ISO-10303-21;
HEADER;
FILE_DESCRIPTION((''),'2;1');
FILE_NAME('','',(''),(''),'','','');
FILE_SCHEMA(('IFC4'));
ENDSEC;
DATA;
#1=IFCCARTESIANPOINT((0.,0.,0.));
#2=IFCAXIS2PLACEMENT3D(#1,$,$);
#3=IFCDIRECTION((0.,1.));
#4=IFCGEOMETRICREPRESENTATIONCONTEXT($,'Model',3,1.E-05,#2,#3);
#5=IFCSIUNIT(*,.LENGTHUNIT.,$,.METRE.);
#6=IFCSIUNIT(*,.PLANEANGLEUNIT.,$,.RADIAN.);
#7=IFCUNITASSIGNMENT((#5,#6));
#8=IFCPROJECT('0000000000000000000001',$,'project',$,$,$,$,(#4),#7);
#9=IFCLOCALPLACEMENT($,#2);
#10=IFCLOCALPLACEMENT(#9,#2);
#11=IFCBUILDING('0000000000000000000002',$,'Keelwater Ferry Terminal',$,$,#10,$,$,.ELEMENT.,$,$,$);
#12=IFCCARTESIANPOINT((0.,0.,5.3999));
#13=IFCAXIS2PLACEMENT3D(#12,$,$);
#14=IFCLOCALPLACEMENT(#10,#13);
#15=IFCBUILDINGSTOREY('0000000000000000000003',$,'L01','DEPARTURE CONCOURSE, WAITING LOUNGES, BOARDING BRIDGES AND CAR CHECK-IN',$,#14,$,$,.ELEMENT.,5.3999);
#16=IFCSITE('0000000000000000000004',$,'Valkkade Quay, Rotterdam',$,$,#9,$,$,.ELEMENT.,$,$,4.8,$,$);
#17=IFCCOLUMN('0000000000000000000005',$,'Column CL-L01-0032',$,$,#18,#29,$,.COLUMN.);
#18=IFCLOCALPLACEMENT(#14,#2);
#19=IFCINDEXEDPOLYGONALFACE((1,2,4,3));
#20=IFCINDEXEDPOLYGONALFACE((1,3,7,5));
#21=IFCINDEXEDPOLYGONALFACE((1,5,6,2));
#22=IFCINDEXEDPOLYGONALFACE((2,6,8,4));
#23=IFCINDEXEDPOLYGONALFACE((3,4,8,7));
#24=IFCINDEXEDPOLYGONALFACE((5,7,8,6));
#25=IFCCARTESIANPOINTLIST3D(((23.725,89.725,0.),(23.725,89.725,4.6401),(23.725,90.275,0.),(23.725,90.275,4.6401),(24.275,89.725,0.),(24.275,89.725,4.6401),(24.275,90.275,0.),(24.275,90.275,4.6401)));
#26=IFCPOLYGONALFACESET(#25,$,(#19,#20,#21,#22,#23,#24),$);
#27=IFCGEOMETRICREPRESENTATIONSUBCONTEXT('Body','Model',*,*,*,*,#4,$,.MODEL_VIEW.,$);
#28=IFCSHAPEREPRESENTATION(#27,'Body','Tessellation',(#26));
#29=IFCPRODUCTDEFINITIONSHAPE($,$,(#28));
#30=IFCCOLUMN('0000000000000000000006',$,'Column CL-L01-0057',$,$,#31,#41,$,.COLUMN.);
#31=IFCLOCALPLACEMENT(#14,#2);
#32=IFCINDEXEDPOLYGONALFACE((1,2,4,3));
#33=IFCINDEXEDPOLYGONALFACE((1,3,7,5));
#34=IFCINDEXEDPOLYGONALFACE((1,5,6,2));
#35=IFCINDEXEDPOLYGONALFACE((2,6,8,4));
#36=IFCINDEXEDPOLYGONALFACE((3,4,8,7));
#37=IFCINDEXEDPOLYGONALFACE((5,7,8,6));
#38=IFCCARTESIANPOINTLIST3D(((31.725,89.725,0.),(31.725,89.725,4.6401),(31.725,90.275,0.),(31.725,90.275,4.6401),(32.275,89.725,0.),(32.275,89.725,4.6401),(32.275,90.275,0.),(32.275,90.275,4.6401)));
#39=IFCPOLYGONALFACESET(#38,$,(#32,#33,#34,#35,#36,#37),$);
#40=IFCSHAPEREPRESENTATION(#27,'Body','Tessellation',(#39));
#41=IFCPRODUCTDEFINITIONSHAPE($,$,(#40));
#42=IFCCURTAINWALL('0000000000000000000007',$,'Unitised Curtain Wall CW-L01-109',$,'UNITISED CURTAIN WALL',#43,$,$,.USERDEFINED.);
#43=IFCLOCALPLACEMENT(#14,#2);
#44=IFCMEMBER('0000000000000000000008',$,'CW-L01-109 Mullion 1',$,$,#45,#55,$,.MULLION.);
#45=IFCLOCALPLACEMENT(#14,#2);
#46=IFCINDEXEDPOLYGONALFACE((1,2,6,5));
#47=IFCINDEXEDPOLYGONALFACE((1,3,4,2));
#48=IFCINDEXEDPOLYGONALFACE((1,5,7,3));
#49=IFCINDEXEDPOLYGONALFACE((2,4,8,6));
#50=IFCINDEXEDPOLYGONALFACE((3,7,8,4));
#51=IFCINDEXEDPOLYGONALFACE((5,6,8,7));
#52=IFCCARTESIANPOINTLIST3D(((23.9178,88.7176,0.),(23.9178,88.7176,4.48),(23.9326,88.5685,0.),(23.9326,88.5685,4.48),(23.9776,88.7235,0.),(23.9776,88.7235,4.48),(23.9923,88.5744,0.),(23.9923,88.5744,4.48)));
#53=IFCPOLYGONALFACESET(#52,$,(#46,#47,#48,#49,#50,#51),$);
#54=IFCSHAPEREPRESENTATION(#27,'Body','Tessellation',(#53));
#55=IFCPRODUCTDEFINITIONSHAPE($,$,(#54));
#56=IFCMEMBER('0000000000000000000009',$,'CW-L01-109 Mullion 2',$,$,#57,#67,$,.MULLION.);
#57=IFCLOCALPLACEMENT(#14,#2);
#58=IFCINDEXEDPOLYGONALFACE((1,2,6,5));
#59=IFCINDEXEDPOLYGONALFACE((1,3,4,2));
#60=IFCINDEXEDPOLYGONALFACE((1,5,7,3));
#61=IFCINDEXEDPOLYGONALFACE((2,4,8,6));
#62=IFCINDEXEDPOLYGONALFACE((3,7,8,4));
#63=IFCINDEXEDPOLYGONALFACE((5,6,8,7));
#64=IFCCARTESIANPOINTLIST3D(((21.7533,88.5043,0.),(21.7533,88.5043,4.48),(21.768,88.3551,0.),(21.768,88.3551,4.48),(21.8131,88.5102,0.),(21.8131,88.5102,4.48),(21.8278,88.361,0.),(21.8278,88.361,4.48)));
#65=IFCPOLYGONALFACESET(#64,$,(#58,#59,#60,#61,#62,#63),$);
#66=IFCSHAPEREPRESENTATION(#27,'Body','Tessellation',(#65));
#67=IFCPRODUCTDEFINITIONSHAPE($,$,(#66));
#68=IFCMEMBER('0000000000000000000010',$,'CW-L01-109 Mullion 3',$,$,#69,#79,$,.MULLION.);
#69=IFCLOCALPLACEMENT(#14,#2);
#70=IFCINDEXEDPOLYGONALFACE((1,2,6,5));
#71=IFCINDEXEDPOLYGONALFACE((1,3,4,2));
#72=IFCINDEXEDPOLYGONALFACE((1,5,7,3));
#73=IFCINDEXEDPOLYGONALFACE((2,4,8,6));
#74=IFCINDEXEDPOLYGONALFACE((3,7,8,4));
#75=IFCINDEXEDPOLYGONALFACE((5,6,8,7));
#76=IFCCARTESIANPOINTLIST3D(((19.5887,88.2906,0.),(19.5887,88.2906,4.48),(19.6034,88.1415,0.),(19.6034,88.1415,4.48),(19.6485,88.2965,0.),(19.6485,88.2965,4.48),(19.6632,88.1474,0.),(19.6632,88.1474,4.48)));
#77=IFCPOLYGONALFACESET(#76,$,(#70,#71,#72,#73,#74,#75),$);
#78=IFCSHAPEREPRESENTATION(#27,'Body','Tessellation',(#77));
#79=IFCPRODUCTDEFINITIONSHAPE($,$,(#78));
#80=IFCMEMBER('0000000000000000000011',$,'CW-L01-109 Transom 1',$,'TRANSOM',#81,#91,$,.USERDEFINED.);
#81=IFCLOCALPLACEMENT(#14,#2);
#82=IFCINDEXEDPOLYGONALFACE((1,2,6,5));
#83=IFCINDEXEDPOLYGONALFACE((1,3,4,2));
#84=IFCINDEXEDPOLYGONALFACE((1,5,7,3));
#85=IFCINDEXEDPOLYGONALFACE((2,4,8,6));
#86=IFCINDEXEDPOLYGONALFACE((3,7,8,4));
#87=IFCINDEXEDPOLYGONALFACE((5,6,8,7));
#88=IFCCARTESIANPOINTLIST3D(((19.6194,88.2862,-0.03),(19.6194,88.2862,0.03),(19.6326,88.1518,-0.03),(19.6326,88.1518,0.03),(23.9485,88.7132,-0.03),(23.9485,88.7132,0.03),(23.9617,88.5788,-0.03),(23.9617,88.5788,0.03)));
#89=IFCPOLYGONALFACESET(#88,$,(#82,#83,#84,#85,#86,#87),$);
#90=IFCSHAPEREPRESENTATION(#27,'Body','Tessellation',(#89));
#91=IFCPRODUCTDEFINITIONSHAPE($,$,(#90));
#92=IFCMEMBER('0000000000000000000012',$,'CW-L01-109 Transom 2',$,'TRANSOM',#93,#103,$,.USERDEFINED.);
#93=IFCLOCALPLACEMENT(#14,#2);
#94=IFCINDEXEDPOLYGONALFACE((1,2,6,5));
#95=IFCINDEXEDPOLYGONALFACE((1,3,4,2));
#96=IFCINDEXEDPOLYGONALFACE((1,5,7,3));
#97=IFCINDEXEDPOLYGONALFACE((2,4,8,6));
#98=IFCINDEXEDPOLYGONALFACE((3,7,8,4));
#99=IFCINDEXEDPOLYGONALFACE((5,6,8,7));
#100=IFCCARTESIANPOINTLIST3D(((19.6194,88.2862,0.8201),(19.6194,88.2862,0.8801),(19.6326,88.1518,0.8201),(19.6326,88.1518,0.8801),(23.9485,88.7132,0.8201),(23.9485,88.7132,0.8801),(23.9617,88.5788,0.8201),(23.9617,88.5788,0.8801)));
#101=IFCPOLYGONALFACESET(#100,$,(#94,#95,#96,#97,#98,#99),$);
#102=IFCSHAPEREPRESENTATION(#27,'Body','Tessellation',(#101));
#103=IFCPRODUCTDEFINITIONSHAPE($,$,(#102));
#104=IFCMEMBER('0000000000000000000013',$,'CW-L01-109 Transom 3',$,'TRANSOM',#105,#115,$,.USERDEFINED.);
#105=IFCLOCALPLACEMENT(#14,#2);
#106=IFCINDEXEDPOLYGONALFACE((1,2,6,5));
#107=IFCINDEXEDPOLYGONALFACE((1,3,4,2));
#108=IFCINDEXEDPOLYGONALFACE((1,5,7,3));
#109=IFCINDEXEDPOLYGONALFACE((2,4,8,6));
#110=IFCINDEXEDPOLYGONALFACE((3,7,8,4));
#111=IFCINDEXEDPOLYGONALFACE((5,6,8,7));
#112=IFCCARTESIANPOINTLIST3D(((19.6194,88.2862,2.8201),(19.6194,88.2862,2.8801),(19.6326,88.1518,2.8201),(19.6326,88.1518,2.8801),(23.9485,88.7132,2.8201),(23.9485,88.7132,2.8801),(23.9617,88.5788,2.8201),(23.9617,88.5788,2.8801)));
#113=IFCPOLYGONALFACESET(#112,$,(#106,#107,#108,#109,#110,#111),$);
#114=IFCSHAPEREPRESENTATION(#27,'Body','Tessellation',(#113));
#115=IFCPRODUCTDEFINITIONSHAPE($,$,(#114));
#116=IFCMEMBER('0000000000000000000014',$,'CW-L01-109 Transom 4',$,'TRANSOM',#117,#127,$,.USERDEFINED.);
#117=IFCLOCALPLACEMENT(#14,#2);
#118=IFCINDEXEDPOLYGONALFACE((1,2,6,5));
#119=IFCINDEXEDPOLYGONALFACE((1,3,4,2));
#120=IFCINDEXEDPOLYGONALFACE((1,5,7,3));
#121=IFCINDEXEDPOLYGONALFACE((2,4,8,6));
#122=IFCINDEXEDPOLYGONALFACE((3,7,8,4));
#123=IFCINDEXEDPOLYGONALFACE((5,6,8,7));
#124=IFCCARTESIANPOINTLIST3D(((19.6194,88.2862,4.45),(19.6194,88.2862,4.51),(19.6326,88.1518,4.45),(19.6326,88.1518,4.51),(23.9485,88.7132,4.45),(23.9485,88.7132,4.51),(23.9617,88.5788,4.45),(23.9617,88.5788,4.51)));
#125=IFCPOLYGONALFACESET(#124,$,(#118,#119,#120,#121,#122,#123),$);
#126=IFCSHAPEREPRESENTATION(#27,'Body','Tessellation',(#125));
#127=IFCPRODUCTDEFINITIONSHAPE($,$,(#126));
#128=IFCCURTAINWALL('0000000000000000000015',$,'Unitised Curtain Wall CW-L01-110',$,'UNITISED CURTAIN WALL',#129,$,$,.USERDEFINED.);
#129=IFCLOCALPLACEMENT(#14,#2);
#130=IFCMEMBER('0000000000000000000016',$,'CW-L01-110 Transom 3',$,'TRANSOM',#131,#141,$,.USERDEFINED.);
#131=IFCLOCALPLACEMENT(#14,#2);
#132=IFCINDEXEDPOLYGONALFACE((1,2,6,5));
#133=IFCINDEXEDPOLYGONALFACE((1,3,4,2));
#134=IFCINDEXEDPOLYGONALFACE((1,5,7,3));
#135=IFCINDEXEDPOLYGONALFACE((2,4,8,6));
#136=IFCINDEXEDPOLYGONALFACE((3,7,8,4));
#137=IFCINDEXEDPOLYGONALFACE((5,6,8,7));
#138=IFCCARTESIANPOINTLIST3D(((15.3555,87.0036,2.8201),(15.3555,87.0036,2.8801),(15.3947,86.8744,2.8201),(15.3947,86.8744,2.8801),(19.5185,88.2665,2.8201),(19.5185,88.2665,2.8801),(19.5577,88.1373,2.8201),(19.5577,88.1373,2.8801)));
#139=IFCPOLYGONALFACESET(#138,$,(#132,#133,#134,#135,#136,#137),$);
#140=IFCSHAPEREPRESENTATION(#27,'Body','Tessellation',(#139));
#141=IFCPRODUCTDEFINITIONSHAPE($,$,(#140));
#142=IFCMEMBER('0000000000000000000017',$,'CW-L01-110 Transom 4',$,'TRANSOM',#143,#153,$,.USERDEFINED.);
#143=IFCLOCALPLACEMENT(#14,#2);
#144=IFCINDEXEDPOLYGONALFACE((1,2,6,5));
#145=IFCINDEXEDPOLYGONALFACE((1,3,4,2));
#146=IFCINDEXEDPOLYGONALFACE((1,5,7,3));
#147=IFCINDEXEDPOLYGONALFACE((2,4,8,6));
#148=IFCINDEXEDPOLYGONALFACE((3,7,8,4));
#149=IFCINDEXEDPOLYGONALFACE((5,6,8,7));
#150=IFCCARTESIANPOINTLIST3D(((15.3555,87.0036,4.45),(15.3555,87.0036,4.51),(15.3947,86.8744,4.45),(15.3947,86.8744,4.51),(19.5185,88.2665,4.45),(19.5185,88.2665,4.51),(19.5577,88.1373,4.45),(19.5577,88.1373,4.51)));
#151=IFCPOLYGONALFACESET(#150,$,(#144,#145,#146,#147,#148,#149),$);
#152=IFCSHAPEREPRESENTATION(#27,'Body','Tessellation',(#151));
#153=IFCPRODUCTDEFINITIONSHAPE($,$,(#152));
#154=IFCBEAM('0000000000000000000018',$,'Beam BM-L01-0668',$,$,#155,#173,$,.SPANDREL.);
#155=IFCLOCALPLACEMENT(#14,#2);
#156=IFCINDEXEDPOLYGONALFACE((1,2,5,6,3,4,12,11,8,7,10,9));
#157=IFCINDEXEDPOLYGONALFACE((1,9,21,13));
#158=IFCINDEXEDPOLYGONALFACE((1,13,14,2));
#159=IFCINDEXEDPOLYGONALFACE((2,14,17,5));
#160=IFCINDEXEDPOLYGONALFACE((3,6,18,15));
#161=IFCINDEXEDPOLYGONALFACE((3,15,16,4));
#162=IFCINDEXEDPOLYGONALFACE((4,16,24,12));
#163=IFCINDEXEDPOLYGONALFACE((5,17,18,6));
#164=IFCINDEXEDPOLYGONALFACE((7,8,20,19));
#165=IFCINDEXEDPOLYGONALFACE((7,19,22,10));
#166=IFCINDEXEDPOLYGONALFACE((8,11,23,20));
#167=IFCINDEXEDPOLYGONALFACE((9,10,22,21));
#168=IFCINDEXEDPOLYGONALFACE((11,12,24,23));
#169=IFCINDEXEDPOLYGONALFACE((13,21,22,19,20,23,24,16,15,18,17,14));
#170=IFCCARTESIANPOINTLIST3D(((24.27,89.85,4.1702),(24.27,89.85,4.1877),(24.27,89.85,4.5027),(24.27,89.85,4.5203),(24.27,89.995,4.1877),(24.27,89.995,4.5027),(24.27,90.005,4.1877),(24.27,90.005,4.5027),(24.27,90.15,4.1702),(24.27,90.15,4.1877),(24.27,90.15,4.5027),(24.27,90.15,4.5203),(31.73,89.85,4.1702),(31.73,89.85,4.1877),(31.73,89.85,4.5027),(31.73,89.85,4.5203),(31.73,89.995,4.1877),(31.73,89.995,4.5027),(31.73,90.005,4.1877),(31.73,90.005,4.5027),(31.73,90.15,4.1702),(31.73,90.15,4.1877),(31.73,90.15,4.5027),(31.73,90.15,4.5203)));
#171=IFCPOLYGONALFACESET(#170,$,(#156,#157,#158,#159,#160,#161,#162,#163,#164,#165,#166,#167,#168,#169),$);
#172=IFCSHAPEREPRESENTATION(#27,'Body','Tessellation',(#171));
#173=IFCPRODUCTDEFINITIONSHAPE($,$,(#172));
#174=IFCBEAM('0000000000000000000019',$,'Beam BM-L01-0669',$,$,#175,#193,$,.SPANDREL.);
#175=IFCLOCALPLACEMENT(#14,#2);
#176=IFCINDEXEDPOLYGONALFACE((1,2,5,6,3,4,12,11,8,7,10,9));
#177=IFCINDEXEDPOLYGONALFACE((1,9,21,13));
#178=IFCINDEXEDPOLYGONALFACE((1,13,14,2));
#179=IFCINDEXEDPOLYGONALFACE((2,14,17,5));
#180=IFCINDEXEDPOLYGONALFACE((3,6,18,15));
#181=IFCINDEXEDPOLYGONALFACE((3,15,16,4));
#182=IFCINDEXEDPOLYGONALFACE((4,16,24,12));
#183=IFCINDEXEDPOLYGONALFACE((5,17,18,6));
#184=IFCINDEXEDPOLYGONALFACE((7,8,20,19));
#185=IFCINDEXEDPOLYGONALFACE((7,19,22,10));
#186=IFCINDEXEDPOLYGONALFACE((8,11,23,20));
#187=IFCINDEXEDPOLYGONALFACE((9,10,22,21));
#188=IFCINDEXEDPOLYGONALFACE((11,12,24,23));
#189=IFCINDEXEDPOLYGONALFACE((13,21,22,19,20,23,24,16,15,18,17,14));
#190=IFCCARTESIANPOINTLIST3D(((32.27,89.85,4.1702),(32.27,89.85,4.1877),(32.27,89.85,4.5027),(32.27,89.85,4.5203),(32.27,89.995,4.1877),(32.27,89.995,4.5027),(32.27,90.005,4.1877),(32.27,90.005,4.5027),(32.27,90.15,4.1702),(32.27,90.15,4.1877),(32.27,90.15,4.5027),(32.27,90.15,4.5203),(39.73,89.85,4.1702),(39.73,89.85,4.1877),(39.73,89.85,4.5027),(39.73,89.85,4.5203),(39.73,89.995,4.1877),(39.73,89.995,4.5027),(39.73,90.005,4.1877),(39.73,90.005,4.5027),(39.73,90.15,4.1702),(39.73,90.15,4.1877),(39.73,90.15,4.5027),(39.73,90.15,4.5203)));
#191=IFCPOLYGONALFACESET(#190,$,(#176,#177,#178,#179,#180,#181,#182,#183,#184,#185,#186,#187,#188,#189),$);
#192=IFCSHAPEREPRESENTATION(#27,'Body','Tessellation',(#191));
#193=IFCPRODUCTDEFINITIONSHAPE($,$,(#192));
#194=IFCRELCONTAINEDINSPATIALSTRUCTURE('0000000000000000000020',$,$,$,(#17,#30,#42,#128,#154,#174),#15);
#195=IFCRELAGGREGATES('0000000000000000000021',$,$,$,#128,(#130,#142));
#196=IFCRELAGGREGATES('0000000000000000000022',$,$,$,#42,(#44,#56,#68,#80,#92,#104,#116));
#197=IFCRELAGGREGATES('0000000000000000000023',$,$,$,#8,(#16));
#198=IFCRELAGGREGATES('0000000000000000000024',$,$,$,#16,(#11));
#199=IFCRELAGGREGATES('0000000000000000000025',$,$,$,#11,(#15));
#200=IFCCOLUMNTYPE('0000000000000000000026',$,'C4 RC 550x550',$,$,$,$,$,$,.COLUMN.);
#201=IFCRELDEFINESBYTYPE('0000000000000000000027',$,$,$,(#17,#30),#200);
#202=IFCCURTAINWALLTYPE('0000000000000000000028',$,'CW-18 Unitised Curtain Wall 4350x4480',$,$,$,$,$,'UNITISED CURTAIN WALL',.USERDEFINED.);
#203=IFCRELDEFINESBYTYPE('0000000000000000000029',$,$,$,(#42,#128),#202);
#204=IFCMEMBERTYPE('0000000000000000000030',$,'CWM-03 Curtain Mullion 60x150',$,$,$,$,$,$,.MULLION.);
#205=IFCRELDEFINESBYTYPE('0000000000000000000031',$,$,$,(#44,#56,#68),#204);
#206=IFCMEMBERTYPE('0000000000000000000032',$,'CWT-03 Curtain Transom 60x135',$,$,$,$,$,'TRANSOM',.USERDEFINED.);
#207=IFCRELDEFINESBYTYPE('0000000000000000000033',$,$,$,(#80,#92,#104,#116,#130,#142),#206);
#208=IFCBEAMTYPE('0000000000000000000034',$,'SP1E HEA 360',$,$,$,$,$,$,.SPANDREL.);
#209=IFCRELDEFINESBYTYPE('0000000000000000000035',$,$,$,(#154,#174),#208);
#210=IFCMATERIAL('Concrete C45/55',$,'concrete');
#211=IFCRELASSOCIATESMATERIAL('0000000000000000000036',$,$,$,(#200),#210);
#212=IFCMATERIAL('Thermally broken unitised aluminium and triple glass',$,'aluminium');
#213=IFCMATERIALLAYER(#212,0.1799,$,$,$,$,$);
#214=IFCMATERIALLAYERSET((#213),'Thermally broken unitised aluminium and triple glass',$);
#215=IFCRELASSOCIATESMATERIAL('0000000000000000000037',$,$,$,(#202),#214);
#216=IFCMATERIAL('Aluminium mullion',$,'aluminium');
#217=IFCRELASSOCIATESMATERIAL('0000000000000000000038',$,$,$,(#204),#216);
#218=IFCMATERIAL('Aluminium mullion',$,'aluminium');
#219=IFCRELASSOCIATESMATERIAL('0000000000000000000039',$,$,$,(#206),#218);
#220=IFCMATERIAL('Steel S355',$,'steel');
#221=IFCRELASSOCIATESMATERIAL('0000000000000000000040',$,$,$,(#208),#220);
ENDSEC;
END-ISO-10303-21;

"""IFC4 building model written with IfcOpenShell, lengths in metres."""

from ifc_helpers import new_model, si_unit, direction, frame, origin, origin_2d, place, context, subcontext, project, spatial, rectangle, i_section, extrude, material, layer, layer_set, material_profile, profile_set, type_object, element, aggregate, save


model = new_model("IFC4")

# Units and contexts
model_context = context("Model", 3, precision=1e-05, world=origin(), true_north=direction((0.0, 1.0)))
body_context = subcontext(model_context, "Body", "Model", "MODEL_VIEW")
ifc_project = project(units=[si_unit("LENGTHUNIT", "METRE"), si_unit("PLANEANGLEUNIT", "RADIAN")], contexts=[model_context])

# Site, building, storey
site_placement = place(None, origin())
site = spatial("IfcSite", under=ifc_project, at=site_placement, Name="Valkkade Quay, Rotterdam", CompositionType="ELEMENT", RefElevation=4.8)
building_placement = place(site_placement, origin())
building = spatial("IfcBuilding", under=site, at=building_placement, Name="Keelwater Ferry Terminal", CompositionType="ELEMENT")
storey_placement = place(building_placement, frame((0.0, 0.0, 5.3999)))
storey = spatial("IfcBuildingStorey", under=building, at=storey_placement, Name="L01", Description="DEPARTURE CONCOURSE, WAITING LOUNGES, BOARDING BRIDGES AND CAR CHECK-IN", CompositionType="ELEMENT", Elevation=5.3999)

# Columns
ifc_material_1 = material(Name="Concrete C45/55", Category="concrete")
ifc_material_profile_1 = material_profile(ifc_material_1, rectangle(XDim=0.55, YDim=0.55, at=origin_2d()), Name="RC 550x550")
ifc_profile_set_1 = profile_set([ifc_material_profile_1], Name="Concrete C45/55")
column_type = type_object("IfcColumnType", Name="C4 RC 550x550", PredefinedType="COLUMN", material=ifc_profile_set_1)
for number, where, z_axis, x_axis, name in (
    (1, (24.0, 90.0, 0.0), (0.0, 0.0, 1.0), (1.0, 0.0, 0.0), "Column CL-L01-0032"),
    (2, (32.0, 90.0, 0.0), (0.0, 0.0, 1.0), (1.0, 0.0, 0.0), "Column CL-L01-0057"),
):
    element("IfcColumn", number, at=place(storey_placement, frame(where, z_axis=z_axis, x_axis=x_axis)), inside=storey, type_object=column_type, Name=name, PredefinedType="COLUMN", context=body_context, shape_type="SweptSolid", body=[
        extrude(rectangle(XDim=0.55, YDim=0.55, at=origin_2d()), origin(), (0.0, 0.0, 1.0), 4.6401),
    ])

# Curtain walls, members
ifc_material_2 = material(Name="Thermally broken unitised aluminium and triple glass", Category="aluminium")
ifc_layer_1 = layer(ifc_material_2, 0.1799)
ifc_layer_set_1 = layer_set([ifc_layer_1], Name="Thermally broken unitised aluminium and triple glass")
curtain_wall_type = type_object("IfcCurtainWallType", Name="CW-18 Unitised Curtain Wall 4350x4480", ElementType="UNITISED CURTAIN WALL", PredefinedType="USERDEFINED", material=ifc_layer_set_1)
curtain_wall_1_placement = place(storey_placement, origin())
curtain_wall_1 = element("IfcCurtainWall", 3, at=curtain_wall_1_placement, inside=storey, type_object=curtain_wall_type, Name="Unitised Curtain Wall CW-L01-109", ObjectType="UNITISED CURTAIN WALL", PredefinedType="USERDEFINED")
ifc_material_3 = material(Name="Aluminium mullion", Category="aluminium")
ifc_material_profile_2 = material_profile(ifc_material_3, rectangle(XDim=0.0601, YDim=0.1499, at=origin_2d()), Name="CWM-03")
ifc_profile_set_2 = profile_set([ifc_material_profile_2], Name="Aluminium mullion")
member_type_1 = type_object("IfcMemberType", Name="CWM-03 Curtain Mullion 60x150", PredefinedType="MULLION", material=ifc_profile_set_2)
member_1_placement = place(storey_placement, frame((23.9551, 88.646, 0.0), z_axis=(0.0, 0.0, 1.0), x_axis=(-0.995171, -0.098161, 0.0)))
member_1 = element("IfcMember", 4, at=member_1_placement, type_object=member_type_1, Name="CW-L01-109 Mullion 1", PredefinedType="MULLION", context=body_context, shape_type="SweptSolid", body=[
    extrude(rectangle(XDim=0.0601, YDim=0.1499, at=origin_2d()), origin(), (0.0, 0.0, 1.0), 4.48),
])
member_2_placement = place(storey_placement, frame((21.7905, 88.4326, 0.0), z_axis=(0.0, 0.0, 1.0), x_axis=(-0.995171, -0.098161, 0.0)))
member_2 = element("IfcMember", 5, at=member_2_placement, type_object=member_type_1, Name="CW-L01-109 Mullion 2", PredefinedType="MULLION", context=body_context, shape_type="SweptSolid", body=[
    extrude(rectangle(XDim=0.0601, YDim=0.1499, at=origin_2d()), origin(), (0.0, 0.0, 1.0), 4.48),
])
member_3_placement = place(storey_placement, frame((19.626, 88.219, 0.0), z_axis=(0.0, 0.0, 1.0), x_axis=(-0.995171, -0.098161, 0.0)))
member_3 = element("IfcMember", 6, at=member_3_placement, type_object=member_type_1, Name="CW-L01-109 Mullion 3", PredefinedType="MULLION", context=body_context, shape_type="SweptSolid", body=[
    extrude(rectangle(XDim=0.0601, YDim=0.1499, at=origin_2d()), origin(), (0.0, 0.0, 1.0), 4.48),
])
ifc_material_4 = material(Name="Aluminium mullion", Category="aluminium")
ifc_material_profile_3 = material_profile(ifc_material_4, rectangle(XDim=0.135, YDim=0.0601, at=origin_2d()), Name="CWT-03")
ifc_profile_set_3 = profile_set([ifc_material_profile_3], Name="Aluminium mullion")
member_type_2 = type_object("IfcMemberType", Name="CWT-03 Curtain Transom 60x135", ElementType="TRANSOM", PredefinedType="USERDEFINED", material=ifc_profile_set_3)
member_4_placement = place(storey_placement, frame((23.9551, 88.646, 0.0), z_axis=(-0.995171, -0.098159, 0.0), x_axis=(0.098159, -0.995171, 0.0)))
member_4 = element("IfcMember", 7, at=member_4_placement, type_object=member_type_2, Name="CW-L01-109 Transom 1", ObjectType="TRANSOM", PredefinedType="USERDEFINED", context=body_context, shape_type="SweptSolid", body=[
    extrude(rectangle(XDim=0.135, YDim=0.0601, at=origin_2d()), origin(), (0.0, 0.0, 1.0), 4.3501),
])
member_5_placement = place(storey_placement, frame((23.9551, 88.646, 0.8501), z_axis=(-0.995171, -0.098159, 0.0), x_axis=(0.098159, -0.995171, 0.0)))
member_5 = element("IfcMember", 8, at=member_5_placement, type_object=member_type_2, Name="CW-L01-109 Transom 2", ObjectType="TRANSOM", PredefinedType="USERDEFINED", context=body_context, shape_type="SweptSolid", body=[
    extrude(rectangle(XDim=0.135, YDim=0.0601, at=origin_2d()), origin(), (0.0, 0.0, 1.0), 4.3501),
])
member_6_placement = place(storey_placement, frame((23.9551, 88.646, 2.8501), z_axis=(-0.995171, -0.098159, 0.0), x_axis=(0.098159, -0.995171, 0.0)))
member_6 = element("IfcMember", 9, at=member_6_placement, type_object=member_type_2, Name="CW-L01-109 Transom 3", ObjectType="TRANSOM", PredefinedType="USERDEFINED", context=body_context, shape_type="SweptSolid", body=[
    extrude(rectangle(XDim=0.135, YDim=0.0601, at=origin_2d()), origin(), (0.0, 0.0, 1.0), 4.3501),
])
member_7_placement = place(storey_placement, frame((23.9551, 88.646, 4.48), z_axis=(-0.995171, -0.098159, 0.0), x_axis=(0.098159, -0.995171, 0.0)))
member_7 = element("IfcMember", 10, at=member_7_placement, type_object=member_type_2, Name="CW-L01-109 Transom 4", ObjectType="TRANSOM", PredefinedType="USERDEFINED", context=body_context, shape_type="SweptSolid", body=[
    extrude(rectangle(XDim=0.135, YDim=0.0601, at=origin_2d()), origin(), (0.0, 0.0, 1.0), 4.3501),
])
curtain_wall_2_placement = place(storey_placement, origin())
curtain_wall_2 = element("IfcCurtainWall", 11, at=curtain_wall_2_placement, inside=storey, type_object=curtain_wall_type, Name="Unitised Curtain Wall CW-L01-110", ObjectType="UNITISED CURTAIN WALL", PredefinedType="USERDEFINED")
member_8_placement = place(storey_placement, frame((19.5381, 88.2019, 2.8501), z_axis=(-0.956935, -0.290302, 0.0), x_axis=(0.290302, -0.956935, 0.0)))
member_8 = element("IfcMember", 12, at=member_8_placement, type_object=member_type_2, Name="CW-L01-110 Transom 3", ObjectType="TRANSOM", PredefinedType="USERDEFINED", context=body_context, shape_type="SweptSolid", body=[
    extrude(rectangle(XDim=0.135, YDim=0.0601, at=origin_2d()), origin(), (0.0, 0.0, 1.0), 4.3503),
])
member_9_placement = place(storey_placement, frame((19.5381, 88.2019, 4.48), z_axis=(-0.956935, -0.290302, 0.0), x_axis=(0.290302, -0.956935, 0.0)))
member_9 = element("IfcMember", 13, at=member_9_placement, type_object=member_type_2, Name="CW-L01-110 Transom 4", ObjectType="TRANSOM", PredefinedType="USERDEFINED", context=body_context, shape_type="SweptSolid", body=[
    extrude(rectangle(XDim=0.135, YDim=0.0601, at=origin_2d()), origin(), (0.0, 0.0, 1.0), 4.3503),
])
aggregate(curtain_wall_2, [member_8, member_9])

# Beams
ifc_material_5 = material(Name="Steel S355", Category="steel")
ifc_material_profile_4 = material_profile(ifc_material_5, i_section(OverallWidth=0.3, OverallDepth=0.3501, WebThickness=0.01, FlangeThickness=0.0176, at=origin_2d()), Name="HEA 360")
ifc_profile_set_4 = profile_set([ifc_material_profile_4], Name="Steel S355")
beam_type_1 = type_object("IfcBeamType", Name="SP1E HEA 360", PredefinedType="SPANDREL", material=ifc_profile_set_4)
for number, where, z_axis, x_axis, name in (
    (14, (24.27, 90.0, 4.3452), (1.0, 0.0, 0.0), (0.0, 1.0, 0.0), "Beam BM-L01-0668"),
    (15, (32.27, 90.0, 4.3452), (1.0, 0.0, 0.0), (0.0, 1.0, 0.0), "Beam BM-L01-0669"),
):
    element("IfcBeam", number, at=place(storey_placement, frame(where, z_axis=z_axis, x_axis=x_axis)), inside=storey, type_object=beam_type_1, Name=name, PredefinedType="SPANDREL", context=body_context, shape_type="SweptSolid", body=[
        extrude(i_section(OverallWidth=0.3, OverallDepth=0.3501, WebThickness=0.01, FlangeThickness=0.0176, at=origin_2d()), origin(), (0.0, 0.0, 1.0), 7.46),
    ])

aggregate(curtain_wall_1, [member_1, member_2, member_3, member_4, member_5, member_6, member_7])

save(model, "model.ifc")
